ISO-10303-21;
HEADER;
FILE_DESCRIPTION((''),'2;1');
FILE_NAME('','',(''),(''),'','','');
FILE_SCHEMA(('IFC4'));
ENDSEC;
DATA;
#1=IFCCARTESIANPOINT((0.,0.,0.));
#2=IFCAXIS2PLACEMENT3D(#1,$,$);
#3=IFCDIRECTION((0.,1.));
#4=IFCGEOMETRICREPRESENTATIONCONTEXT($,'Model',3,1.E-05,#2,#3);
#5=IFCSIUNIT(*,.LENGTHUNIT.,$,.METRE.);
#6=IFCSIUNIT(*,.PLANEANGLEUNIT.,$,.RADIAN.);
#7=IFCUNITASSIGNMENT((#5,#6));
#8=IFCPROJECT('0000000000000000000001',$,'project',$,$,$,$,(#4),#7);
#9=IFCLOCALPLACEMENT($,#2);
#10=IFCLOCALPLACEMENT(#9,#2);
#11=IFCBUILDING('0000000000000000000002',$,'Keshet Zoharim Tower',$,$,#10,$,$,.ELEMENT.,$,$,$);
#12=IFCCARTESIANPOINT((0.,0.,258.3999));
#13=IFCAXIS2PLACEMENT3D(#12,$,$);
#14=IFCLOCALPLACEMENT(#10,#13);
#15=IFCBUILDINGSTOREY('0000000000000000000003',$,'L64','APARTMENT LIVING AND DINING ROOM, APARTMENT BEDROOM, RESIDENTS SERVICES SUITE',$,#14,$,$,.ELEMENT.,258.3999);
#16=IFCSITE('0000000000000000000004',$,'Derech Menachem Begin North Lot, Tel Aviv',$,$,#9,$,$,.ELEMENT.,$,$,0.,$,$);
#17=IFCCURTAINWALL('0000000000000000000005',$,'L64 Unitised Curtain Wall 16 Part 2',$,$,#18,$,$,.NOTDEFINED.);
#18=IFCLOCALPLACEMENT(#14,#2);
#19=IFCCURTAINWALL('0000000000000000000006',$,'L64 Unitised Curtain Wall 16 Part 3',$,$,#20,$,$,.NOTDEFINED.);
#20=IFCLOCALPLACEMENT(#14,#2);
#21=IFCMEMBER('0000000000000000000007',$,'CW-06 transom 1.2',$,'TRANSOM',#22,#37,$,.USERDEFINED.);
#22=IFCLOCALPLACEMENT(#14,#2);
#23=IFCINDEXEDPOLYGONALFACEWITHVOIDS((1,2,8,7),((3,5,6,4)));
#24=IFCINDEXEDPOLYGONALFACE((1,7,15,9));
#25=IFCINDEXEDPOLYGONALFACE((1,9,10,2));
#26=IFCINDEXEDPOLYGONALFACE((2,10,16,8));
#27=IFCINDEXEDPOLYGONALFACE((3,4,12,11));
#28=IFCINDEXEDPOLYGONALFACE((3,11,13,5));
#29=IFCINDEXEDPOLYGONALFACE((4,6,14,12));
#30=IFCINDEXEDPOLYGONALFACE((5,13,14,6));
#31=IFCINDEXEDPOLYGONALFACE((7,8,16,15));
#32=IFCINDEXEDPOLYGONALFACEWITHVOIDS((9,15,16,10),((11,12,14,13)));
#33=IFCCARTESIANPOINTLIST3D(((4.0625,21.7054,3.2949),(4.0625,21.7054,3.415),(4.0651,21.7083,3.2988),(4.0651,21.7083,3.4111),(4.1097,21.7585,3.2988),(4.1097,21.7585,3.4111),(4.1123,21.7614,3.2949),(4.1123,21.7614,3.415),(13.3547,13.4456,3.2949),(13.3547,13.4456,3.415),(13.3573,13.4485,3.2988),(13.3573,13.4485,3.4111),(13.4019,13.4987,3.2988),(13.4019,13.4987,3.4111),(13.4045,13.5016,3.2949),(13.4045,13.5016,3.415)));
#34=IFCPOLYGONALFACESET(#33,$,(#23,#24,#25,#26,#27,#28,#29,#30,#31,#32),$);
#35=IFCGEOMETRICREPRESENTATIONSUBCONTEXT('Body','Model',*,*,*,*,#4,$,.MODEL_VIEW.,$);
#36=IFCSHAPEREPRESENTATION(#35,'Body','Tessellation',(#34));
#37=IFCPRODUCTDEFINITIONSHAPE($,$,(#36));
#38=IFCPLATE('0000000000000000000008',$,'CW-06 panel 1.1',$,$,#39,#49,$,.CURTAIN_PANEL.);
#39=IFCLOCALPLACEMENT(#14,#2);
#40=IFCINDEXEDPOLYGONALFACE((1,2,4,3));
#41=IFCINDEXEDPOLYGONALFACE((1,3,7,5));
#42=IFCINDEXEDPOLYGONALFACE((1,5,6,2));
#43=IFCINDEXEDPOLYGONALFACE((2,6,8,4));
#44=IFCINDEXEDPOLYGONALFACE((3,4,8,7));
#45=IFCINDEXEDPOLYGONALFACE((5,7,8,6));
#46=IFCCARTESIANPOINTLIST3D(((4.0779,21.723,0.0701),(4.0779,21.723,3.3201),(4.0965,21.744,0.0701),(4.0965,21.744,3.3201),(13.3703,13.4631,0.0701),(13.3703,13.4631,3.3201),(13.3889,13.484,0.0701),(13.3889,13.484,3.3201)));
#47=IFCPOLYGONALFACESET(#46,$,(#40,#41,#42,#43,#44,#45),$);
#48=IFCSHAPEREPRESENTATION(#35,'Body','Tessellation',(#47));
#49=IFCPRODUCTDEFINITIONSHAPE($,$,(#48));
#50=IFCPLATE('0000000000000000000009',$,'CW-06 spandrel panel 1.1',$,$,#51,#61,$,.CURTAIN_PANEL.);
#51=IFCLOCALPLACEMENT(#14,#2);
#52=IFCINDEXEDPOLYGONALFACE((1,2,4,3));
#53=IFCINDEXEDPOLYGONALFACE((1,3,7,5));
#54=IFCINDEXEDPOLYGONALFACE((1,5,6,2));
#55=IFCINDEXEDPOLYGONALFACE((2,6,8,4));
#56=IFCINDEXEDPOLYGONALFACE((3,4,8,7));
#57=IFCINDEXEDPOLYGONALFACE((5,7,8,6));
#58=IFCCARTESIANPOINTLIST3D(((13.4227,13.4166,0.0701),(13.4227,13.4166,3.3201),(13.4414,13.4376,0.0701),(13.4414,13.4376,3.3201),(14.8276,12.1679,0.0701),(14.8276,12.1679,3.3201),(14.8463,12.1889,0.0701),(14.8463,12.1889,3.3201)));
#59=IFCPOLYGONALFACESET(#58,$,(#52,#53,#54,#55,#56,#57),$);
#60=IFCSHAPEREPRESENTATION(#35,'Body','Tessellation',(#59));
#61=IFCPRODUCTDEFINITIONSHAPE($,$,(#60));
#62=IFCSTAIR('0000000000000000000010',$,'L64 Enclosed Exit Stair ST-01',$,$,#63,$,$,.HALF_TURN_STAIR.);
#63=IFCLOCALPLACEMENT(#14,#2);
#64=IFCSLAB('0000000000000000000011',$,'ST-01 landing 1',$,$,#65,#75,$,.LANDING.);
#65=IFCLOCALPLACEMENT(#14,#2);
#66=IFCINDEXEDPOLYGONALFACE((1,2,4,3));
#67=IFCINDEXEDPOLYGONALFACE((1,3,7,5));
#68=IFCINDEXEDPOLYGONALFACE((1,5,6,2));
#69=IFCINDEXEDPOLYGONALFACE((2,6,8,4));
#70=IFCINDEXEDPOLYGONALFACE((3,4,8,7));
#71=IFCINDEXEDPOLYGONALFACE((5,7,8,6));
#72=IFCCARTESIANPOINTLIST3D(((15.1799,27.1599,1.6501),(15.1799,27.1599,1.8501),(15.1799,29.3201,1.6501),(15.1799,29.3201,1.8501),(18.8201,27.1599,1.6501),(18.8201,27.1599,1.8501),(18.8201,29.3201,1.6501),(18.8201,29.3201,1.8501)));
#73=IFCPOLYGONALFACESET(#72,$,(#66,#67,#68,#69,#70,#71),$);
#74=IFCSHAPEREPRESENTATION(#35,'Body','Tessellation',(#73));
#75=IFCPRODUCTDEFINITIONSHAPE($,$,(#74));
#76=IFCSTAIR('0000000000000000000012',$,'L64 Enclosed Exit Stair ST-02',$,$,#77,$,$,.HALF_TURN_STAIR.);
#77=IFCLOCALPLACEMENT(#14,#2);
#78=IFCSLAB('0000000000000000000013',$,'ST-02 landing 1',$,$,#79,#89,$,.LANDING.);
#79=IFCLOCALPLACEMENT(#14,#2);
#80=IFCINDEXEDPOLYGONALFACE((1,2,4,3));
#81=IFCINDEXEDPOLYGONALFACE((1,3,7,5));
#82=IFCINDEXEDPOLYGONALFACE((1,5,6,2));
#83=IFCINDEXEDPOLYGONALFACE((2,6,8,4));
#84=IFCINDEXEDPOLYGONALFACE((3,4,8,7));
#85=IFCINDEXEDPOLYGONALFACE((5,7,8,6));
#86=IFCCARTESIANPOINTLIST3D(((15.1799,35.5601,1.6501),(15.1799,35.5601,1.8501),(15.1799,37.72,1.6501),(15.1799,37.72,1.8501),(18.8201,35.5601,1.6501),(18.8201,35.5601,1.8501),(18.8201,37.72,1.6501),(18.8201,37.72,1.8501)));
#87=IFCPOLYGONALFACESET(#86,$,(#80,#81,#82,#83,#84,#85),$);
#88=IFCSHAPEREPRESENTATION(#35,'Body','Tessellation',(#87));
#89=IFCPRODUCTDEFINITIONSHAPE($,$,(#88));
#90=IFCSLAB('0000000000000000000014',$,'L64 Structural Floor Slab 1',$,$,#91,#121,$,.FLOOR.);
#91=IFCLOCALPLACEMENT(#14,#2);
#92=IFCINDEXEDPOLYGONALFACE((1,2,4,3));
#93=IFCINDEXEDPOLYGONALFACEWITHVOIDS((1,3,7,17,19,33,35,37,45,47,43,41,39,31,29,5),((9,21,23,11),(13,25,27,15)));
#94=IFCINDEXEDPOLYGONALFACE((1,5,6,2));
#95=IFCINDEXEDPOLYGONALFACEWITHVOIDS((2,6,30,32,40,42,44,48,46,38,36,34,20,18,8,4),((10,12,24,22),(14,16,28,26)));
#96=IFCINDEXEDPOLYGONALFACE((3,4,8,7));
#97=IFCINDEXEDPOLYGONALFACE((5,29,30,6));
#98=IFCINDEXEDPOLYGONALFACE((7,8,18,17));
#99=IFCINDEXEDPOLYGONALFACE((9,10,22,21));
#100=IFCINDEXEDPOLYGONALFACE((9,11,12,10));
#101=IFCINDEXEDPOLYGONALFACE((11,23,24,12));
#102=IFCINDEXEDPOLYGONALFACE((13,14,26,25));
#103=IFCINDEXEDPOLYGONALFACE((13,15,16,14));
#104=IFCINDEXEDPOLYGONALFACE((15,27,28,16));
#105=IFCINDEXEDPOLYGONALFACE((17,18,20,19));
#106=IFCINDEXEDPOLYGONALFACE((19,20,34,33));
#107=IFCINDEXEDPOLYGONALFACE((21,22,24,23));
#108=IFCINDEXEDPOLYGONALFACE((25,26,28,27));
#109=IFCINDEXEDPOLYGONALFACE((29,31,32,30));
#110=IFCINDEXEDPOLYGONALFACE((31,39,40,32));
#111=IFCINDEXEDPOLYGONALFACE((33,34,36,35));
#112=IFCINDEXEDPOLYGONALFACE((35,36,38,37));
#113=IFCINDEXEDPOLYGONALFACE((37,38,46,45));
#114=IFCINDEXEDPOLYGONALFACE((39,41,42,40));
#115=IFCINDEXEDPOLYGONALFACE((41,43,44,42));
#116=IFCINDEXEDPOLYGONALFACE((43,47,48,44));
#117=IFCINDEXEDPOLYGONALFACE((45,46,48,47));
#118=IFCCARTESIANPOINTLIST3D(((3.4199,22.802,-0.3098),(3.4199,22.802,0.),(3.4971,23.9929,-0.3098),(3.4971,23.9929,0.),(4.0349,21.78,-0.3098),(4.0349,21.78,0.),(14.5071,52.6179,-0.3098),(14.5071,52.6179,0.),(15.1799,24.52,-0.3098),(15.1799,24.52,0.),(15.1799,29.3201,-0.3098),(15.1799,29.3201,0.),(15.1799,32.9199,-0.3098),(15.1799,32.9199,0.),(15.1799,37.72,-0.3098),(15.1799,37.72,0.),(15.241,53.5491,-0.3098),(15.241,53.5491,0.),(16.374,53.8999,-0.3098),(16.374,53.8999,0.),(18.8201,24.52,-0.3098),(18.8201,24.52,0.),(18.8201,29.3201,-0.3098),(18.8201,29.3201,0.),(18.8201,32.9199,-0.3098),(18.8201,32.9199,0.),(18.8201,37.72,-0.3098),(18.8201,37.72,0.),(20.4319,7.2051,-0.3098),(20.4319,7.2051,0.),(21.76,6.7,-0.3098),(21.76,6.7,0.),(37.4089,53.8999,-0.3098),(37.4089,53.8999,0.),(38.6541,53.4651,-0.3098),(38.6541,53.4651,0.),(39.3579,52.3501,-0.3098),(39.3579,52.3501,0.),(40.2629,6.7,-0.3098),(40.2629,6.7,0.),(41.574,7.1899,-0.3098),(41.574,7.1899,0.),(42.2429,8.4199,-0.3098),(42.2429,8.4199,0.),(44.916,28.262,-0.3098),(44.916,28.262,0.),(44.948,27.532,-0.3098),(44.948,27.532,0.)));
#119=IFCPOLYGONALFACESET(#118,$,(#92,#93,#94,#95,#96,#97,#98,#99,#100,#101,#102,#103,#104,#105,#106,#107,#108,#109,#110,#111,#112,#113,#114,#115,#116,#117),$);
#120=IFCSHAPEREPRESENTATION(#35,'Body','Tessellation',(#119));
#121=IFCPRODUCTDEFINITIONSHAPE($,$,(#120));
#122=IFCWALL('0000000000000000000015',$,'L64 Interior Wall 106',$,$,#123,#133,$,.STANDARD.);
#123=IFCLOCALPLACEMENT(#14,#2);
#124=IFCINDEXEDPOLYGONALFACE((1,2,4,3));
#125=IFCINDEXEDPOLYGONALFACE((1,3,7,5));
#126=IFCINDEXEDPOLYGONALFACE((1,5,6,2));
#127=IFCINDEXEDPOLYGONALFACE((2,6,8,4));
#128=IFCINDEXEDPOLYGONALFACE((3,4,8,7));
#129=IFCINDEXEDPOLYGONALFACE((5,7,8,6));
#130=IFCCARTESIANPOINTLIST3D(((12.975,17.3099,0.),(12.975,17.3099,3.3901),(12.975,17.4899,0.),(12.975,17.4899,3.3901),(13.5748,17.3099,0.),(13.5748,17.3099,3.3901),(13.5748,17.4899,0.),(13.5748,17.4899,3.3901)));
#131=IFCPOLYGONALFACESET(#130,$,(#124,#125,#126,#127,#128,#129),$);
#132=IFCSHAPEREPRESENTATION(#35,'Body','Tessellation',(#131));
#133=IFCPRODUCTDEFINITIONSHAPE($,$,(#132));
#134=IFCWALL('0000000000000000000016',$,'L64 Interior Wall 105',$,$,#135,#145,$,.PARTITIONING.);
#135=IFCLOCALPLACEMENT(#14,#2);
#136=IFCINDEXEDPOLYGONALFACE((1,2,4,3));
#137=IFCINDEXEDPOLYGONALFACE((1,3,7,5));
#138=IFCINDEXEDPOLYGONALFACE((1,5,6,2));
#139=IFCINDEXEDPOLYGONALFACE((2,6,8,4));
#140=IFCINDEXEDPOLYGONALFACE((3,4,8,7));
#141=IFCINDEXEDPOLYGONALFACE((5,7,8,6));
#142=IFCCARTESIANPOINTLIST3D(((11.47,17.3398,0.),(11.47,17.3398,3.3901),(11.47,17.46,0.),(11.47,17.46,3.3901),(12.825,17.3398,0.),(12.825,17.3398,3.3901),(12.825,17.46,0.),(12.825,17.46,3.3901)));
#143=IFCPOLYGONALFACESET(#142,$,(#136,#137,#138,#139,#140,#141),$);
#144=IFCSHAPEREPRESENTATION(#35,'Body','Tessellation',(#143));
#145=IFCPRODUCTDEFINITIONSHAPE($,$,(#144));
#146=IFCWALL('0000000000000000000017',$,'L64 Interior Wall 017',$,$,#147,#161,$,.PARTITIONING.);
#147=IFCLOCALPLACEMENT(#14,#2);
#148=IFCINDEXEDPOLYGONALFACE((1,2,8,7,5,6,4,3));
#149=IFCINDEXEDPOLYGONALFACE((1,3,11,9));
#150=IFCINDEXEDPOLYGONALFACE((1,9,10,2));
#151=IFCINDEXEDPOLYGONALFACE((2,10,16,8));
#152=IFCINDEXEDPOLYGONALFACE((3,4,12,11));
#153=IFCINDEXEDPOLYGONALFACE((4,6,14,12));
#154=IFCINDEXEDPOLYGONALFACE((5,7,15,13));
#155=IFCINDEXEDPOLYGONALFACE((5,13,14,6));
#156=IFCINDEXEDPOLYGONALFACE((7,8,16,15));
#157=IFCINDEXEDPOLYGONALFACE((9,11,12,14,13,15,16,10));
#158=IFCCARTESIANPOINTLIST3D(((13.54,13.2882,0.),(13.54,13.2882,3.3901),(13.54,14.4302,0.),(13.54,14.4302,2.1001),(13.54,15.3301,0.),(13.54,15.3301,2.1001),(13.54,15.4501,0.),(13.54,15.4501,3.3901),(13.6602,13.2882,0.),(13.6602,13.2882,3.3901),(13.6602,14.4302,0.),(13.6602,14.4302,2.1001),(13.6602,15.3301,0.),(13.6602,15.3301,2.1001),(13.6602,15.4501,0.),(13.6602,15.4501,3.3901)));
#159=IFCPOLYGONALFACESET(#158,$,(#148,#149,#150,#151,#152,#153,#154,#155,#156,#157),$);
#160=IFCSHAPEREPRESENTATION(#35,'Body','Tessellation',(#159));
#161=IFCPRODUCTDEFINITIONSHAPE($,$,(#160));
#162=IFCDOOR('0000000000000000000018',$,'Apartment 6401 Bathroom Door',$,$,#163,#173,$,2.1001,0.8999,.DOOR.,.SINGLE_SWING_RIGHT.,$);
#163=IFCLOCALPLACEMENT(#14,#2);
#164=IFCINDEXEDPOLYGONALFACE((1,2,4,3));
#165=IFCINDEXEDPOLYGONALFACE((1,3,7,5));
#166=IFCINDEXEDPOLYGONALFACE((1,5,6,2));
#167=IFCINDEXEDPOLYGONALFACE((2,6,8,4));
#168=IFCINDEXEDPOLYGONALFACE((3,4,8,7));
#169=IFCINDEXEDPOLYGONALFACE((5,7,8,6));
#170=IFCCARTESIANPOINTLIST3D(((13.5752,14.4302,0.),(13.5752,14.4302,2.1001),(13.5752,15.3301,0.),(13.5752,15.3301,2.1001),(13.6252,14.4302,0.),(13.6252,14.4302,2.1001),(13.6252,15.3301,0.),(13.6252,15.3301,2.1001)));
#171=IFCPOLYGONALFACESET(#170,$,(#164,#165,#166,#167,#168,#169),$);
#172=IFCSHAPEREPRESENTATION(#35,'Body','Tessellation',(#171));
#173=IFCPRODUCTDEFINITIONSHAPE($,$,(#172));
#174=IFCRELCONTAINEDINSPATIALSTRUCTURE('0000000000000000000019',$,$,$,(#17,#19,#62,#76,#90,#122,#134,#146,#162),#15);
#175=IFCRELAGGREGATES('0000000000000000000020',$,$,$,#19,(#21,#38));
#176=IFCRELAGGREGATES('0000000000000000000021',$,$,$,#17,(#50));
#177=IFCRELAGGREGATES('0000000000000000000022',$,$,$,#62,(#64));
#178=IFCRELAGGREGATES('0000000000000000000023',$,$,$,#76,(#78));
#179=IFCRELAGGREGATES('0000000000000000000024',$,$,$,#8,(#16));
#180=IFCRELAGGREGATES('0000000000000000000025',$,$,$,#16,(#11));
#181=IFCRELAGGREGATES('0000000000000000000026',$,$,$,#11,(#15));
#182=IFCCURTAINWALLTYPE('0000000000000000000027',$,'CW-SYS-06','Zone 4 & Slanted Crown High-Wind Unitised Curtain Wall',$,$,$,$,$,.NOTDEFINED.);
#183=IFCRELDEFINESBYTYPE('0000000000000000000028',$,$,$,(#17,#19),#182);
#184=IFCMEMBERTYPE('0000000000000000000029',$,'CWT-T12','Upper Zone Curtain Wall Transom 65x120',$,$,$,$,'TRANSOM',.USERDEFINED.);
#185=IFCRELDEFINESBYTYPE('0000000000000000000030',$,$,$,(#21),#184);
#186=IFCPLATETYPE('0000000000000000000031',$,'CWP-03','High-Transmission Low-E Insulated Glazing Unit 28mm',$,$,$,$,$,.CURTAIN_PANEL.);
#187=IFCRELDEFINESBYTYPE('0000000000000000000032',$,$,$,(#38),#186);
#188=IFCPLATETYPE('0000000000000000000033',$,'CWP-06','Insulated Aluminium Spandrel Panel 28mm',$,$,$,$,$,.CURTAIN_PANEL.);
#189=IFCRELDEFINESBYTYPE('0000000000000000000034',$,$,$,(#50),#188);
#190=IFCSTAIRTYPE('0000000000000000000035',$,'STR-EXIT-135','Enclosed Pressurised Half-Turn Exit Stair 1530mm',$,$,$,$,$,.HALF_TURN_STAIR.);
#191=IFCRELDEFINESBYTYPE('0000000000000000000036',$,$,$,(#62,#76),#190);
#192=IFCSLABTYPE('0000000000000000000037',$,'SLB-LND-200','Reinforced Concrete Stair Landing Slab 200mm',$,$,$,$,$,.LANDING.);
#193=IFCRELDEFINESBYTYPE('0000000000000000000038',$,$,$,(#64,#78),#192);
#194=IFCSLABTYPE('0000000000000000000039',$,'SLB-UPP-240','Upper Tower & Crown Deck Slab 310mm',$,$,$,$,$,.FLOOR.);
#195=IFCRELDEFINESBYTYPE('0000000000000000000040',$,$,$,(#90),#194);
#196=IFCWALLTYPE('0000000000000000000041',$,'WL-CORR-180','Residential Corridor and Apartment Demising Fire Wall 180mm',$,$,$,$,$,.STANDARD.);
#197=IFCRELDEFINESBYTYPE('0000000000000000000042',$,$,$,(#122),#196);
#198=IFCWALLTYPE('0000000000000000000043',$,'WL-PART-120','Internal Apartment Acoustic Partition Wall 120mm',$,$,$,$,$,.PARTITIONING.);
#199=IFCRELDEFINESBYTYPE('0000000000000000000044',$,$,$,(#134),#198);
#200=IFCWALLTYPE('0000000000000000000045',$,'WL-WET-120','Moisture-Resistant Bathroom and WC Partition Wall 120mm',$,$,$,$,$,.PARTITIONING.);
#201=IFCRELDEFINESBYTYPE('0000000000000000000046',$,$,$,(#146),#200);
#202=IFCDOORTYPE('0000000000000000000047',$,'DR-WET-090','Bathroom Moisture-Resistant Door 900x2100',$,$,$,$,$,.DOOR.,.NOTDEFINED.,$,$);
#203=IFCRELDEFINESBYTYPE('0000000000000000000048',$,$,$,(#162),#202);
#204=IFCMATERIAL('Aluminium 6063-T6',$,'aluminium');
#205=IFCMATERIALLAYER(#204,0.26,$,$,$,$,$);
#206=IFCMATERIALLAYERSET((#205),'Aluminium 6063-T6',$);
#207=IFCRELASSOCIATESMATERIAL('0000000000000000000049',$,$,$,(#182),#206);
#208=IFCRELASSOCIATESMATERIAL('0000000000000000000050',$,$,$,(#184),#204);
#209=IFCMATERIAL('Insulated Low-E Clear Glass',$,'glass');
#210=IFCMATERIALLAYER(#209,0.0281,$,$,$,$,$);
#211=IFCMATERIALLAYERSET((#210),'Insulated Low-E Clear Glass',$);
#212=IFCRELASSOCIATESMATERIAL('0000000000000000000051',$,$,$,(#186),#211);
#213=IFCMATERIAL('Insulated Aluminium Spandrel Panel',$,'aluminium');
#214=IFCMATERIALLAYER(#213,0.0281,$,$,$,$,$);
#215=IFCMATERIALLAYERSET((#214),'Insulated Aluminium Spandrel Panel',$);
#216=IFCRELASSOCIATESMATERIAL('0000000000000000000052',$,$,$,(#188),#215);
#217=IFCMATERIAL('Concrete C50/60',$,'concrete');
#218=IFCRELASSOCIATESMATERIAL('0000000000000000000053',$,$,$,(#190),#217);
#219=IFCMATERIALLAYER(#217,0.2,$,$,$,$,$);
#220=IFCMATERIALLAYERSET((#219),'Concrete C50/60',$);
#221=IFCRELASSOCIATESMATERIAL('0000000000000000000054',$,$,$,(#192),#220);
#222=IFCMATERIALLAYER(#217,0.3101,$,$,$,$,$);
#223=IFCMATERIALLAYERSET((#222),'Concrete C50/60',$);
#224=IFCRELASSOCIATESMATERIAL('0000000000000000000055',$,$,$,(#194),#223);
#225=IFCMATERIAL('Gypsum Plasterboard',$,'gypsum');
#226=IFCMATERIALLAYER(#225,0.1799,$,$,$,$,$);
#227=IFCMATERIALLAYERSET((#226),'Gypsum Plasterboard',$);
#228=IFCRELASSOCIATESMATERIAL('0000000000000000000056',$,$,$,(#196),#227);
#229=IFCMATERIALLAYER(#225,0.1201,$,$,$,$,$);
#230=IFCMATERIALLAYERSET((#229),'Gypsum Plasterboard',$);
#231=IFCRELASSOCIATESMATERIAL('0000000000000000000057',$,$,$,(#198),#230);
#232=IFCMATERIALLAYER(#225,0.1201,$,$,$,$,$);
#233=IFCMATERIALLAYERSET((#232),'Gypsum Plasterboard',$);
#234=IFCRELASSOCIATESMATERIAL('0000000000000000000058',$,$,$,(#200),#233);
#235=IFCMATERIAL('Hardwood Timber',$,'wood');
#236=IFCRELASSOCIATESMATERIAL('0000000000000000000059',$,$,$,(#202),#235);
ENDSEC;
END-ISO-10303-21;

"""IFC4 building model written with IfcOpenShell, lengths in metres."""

from ifc_helpers import new_model, si_unit, direction, frame, frame_2d, origin, origin_2d, place, context, subcontext, project, spatial, polyline, rectangle, hollow_rectangle, outline, extrude, material, layer, layer_set, material_profile, profile_set, type_object, element, fill, aggregate, save


model = new_model("IFC4")

# Units and contexts
model_context = context("Model", 3, precision=1e-05, world=origin(), true_north=direction((0.0, 1.0)))
body_context = subcontext(model_context, "Body", "Model", "MODEL_VIEW")
ifc_project = project(units=[si_unit("LENGTHUNIT", "METRE"), si_unit("PLANEANGLEUNIT", "RADIAN")], contexts=[model_context])

# Site, building, storey
site_placement = place(None, origin())
site = spatial("IfcSite", under=ifc_project, at=site_placement, Name="Derech Menachem Begin North Lot, Tel Aviv", CompositionType="ELEMENT", RefElevation=0.0)
building_placement = place(site_placement, origin())
building = spatial("IfcBuilding", under=site, at=building_placement, Name="Keshet Zoharim Tower", CompositionType="ELEMENT")
storey_placement = place(building_placement, frame((0.0, 0.0, 258.3999)))
storey = spatial("IfcBuildingStorey", under=building, at=storey_placement, Name="L64", Description="APARTMENT LIVING AND DINING ROOM, APARTMENT BEDROOM, RESIDENTS SERVICES SUITE", CompositionType="ELEMENT", Elevation=258.3999)

# Shared definitions
ifc_material_1 = material(Name="Aluminium 6063-T6", Category="aluminium")
ifc_layer_1 = layer(ifc_material_1, 0.26)
ifc_layer_set_1 = layer_set([ifc_layer_1], Name="Aluminium 6063-T6")
curtain_wall_type = type_object("IfcCurtainWallType", Name="CW-SYS-06", Description="Zone 4 & Slanted Crown High-Wind Unitised Curtain Wall", PredefinedType="NOTDEFINED", material=ifc_layer_set_1)

# Curtain wall
curtain_wall_1_placement = place(storey_placement, origin())
curtain_wall_1 = element("IfcCurtainWall", 1, at=curtain_wall_1_placement, inside=storey, type_object=curtain_wall_type, Name="L64 Unitised Curtain Wall 16 Part 2", PredefinedType="NOTDEFINED")
ifc_material_profile_1 = material_profile(ifc_material_1, hollow_rectangle(XDim=0.075, YDim=0.1201, WallThickness=0.0039, at=origin_2d()), Name="TRN-75x120")
ifc_profile_set_1 = profile_set([ifc_material_profile_1], Name="Aluminium 6063-T6")
member_type_1 = type_object("IfcMemberType", Name="CWT-T12", Description="Upper Zone Curtain Wall Transom 65x120", ElementType="TRANSOM", PredefinedType="USERDEFINED", material=ifc_profile_set_1)

# Curtain wall, member, plate
curtain_wall_2_placement = place(storey_placement, origin())
curtain_wall_2 = element("IfcCurtainWall", 2, at=curtain_wall_2_placement, inside=storey, type_object=curtain_wall_type, Name="L64 Unitised Curtain Wall 16 Part 3", PredefinedType="NOTDEFINED")
member_1_placement = place(storey_placement, frame((13.3796, 13.4736, 3.355), z_axis=(-0.747409, 0.664364, 0.0), x_axis=(-0.664364, -0.747409, 0.0)))
member_1 = element("IfcMember", 3, at=member_1_placement, type_object=member_type_1, Name="CW-06 transom 1.2", ObjectType="TRANSOM", PredefinedType="USERDEFINED", context=body_context, shape_type="SweptSolid", body=[
    extrude(hollow_rectangle(XDim=0.075, YDim=0.1201, WallThickness=0.0039, at=origin_2d()), origin(), (0.0, 0.0, 1.0), 12.4326),
])
ifc_material_2 = material(Name="Insulated Low-E Clear Glass", Category="glass")
ifc_layer_2 = layer(ifc_material_2, 0.0281)
ifc_layer_set_2 = layer_set([ifc_layer_2], Name="Insulated Low-E Clear Glass")
plate_type_1 = type_object("IfcPlateType", Name="CWP-03", Description="High-Transmission Low-E Insulated Glazing Unit 28mm", PredefinedType="CURTAIN_PANEL", material=ifc_layer_set_2)
plate_1_placement = place(storey_placement, frame((8.7334, 17.6035, 0.0701), z_axis=(0.0, 0.0, 1.0), x_axis=(-0.747409, 0.664364, 0.0)))
plate_1 = element("IfcPlate", 4, at=plate_1_placement, type_object=plate_type_1, Name="CW-06 panel 1.1", PredefinedType="CURTAIN_PANEL", context=body_context, shape_type="SweptSolid", body=[
    extrude(rectangle(XDim=12.4329, YDim=0.0281, at=origin_2d()), origin(), (0.0, 0.0, 1.0), 3.25),
])
aggregate(curtain_wall_2, [member_1, plate_1])

# Plate
ifc_material_3 = material(Name="Insulated Aluminium Spandrel Panel", Category="aluminium")
ifc_layer_3 = layer(ifc_material_3, 0.0281)
ifc_layer_set_3 = layer_set([ifc_layer_3], Name="Insulated Aluminium Spandrel Panel")
plate_type_2 = type_object("IfcPlateType", Name="CWP-06", Description="Insulated Aluminium Spandrel Panel 28mm", PredefinedType="CURTAIN_PANEL", material=ifc_layer_set_3)
plate_2_placement = place(storey_placement, frame((14.1345, 12.8027, 0.0701), z_axis=(0.0, 0.0, 1.0), x_axis=(-0.747432, 0.664338, 0.0)))
plate_2 = element("IfcPlate", 5, at=plate_2_placement, type_object=plate_type_2, Name="CW-06 spandrel panel 1.1", PredefinedType="CURTAIN_PANEL", context=body_context, shape_type="SweptSolid", body=[
    extrude(rectangle(XDim=1.8796, YDim=0.0281, at=origin_2d()), origin(), (0.0, 0.0, 1.0), 3.25),
])
aggregate(curtain_wall_1, [plate_2])

# Stairs, slabs
ifc_material_4 = material(Name="Concrete C50/60", Category="concrete")
stair_type = type_object("IfcStairType", Name="STR-EXIT-135", Description="Enclosed Pressurised Half-Turn Exit Stair 1530mm", PredefinedType="HALF_TURN_STAIR", material=ifc_material_4)
stair_1_placement = place(storey_placement, origin())
stair_1 = element("IfcStair", 6, at=stair_1_placement, inside=storey, type_object=stair_type, Name="L64 Enclosed Exit Stair ST-01", PredefinedType="HALF_TURN_STAIR")
ifc_layer_4 = layer(ifc_material_4, 0.2)
ifc_layer_set_4 = layer_set([ifc_layer_4], Name="Concrete C50/60")
slab_type_1 = type_object("IfcSlabType", Name="SLB-LND-200", Description="Reinforced Concrete Stair Landing Slab 200mm", PredefinedType="LANDING", material=ifc_layer_set_4)
slab_1_placement = place(storey_placement, frame((0.0, 0.0, 1.6501)))
slab_1 = element("IfcSlab", 7, at=slab_1_placement, type_object=slab_type_1, Name="ST-01 landing 1", PredefinedType="LANDING", context=body_context, shape_type="SweptSolid", body=[
    extrude(outline(polyline([(15.1799, 27.1599), (18.8201, 27.1599), (18.8201, 29.3201), (15.1799, 29.3201), (15.1799, 27.1599)])), origin(), (0.0, 0.0, 1.0), 0.2),
])
aggregate(stair_1, [slab_1])
stair_2_placement = place(storey_placement, origin())
stair_2 = element("IfcStair", 8, at=stair_2_placement, inside=storey, type_object=stair_type, Name="L64 Enclosed Exit Stair ST-02", PredefinedType="HALF_TURN_STAIR")
slab_2_placement = place(storey_placement, frame((0.0, 0.0, 1.6501)))
slab_2 = element("IfcSlab", 9, at=slab_2_placement, type_object=slab_type_1, Name="ST-02 landing 1", PredefinedType="LANDING", context=body_context, shape_type="SweptSolid", body=[
    extrude(outline(polyline([(15.1799, 35.5601), (18.8201, 35.5601), (18.8201, 37.72), (15.1799, 37.72), (15.1799, 35.5601)])), origin(), (0.0, 0.0, 1.0), 0.2),
])
aggregate(stair_2, [slab_2])

# Slab
ifc_layer_5 = layer(ifc_material_4, 0.3101)
ifc_layer_set_5 = layer_set([ifc_layer_5], Name="Concrete C50/60")
slab_type_2 = type_object("IfcSlabType", Name="SLB-UPP-240", Description="Upper Tower & Crown Deck Slab 310mm", PredefinedType="FLOOR", material=ifc_layer_set_5)
slab_3_placement = place(storey_placement, frame((0.0, 0.0, -0.3098)))
element("IfcSlab", 10, at=slab_3_placement, inside=storey, type_object=slab_type_2, Name="L64 Structural Floor Slab 1", PredefinedType="FLOOR", context=body_context, shape_type="SweptSolid", body=[
    extrude(outline(polyline([(4.0349, 21.78), (3.4199, 22.802), (3.4971, 23.9929), (14.5071, 52.6179), (15.241, 53.5491), (16.374, 53.8999), (37.4089, 53.8999), (38.6541, 53.4651), (39.3579, 52.3501), (44.916, 28.262), (44.948, 27.532), (42.2429, 8.4199), (41.574, 7.1899), (40.2629, 6.7), (21.76, 6.7), (20.4319, 7.2051), (4.0349, 21.78)]), holes=[polyline([(15.1799, 24.52), (18.8201, 24.52), (18.8201, 29.3201), (15.1799, 29.3201), (15.1799, 24.52)]), polyline([(15.1799, 32.9199), (18.8201, 32.9199), (18.8201, 37.72), (15.1799, 37.72), (15.1799, 32.9199)])]), origin(), (0.0, 0.0, 1.0), 0.3098),
])

# Shared definitions
ifc_material_5 = material(Name="Gypsum Plasterboard", Category="gypsum")
ifc_layer_6 = layer(ifc_material_5, 0.1799)
ifc_layer_set_6 = layer_set([ifc_layer_6], Name="Gypsum Plasterboard")
wall_type_1 = type_object("IfcWallType", Name="WL-CORR-180", Description="Residential Corridor and Apartment Demising Fire Wall 180mm", PredefinedType="STANDARD", material=ifc_layer_set_6)
ifc_material_6 = material(Name="Hardwood Timber", Category="wood")

# Wall
wall_1_placement = place(storey_placement, frame((12.9751, 17.3999, 0.0), z_axis=(0.0, 0.0, 1.0), x_axis=(1.0, 0.0, 0.0)))
element("IfcWall", 11, at=wall_1_placement, inside=storey, type_object=wall_type_1, Name="L64 Interior Wall 106", PredefinedType="STANDARD", context=body_context, shape_type="SweptSolid", body=[
    extrude(rectangle(XDim=0.5999, YDim=0.1799, at=frame_2d((0.2998, 0.0))), origin(), (0.0, 0.0, 1.0), 3.3901),
])

# Shared definitions
ifc_layer_7 = layer(ifc_material_5, 0.1201)
ifc_layer_set_7 = layer_set([ifc_layer_7], Name="Gypsum Plasterboard")
wall_type_2 = type_object("IfcWallType", Name="WL-PART-120", Description="Internal Apartment Acoustic Partition Wall 120mm", PredefinedType="PARTITIONING", material=ifc_layer_set_7)

# Wall
wall_2_placement = place(storey_placement, frame((11.47, 17.3999, 0.0), z_axis=(0.0, 0.0, 1.0), x_axis=(1.0, 0.0, 0.0)))
element("IfcWall", 12, at=wall_2_placement, inside=storey, type_object=wall_type_2, Name="L64 Interior Wall 105", PredefinedType="PARTITIONING", context=body_context, shape_type="SweptSolid", body=[
    extrude(rectangle(XDim=1.355, YDim=0.1201, at=frame_2d((0.6775, 0.0))), origin(), (0.0, 0.0, 1.0), 3.3901),
])

# Wall, opening, door
ifc_layer_8 = layer(ifc_material_5, 0.1201)
ifc_layer_set_8 = layer_set([ifc_layer_8], Name="Gypsum Plasterboard")
wall_type_3 = type_object("IfcWallType", Name="WL-WET-120", Description="Moisture-Resistant Bathroom and WC Partition Wall 120mm", PredefinedType="PARTITIONING", material=ifc_layer_set_8)
wall_3_placement = place(storey_placement, frame((13.6001, 13.2881, 0.0), z_axis=(0.0, 0.0, 1.0), x_axis=(0.0, 1.0, 0.0)))
wall_3 = element("IfcWall", 13, at=wall_3_placement, inside=storey, type_object=wall_type_3, Name="L64 Interior Wall 017", PredefinedType="PARTITIONING", context=body_context, shape_type="SweptSolid", body=[
    extrude(rectangle(XDim=2.1619, YDim=0.1201, at=frame_2d((1.0811, 0.0))), origin(), (0.0, 0.0, 1.0), 3.3901),
])
opening_1_placement = place(wall_3_placement, frame((1.1421, 0.0, 0.0)))
opening_1 = element("IfcOpeningElement", 14, at=opening_1_placement, cuts=wall_3, PredefinedType="OPENING", context=body_context, shape_type="SweptSolid", body=[
    extrude(rectangle(XDim=0.8999, YDim=2.1001, at=frame_2d((0.45, 1.05))), frame((0.0, 0.0701, 0.0), z_axis=(0.0, -1.0, 0.0), x_axis=(1.0, 0.0, 0.0)), (0.0, 0.0, 1.0), 0.1401),
])
door_type_1 = type_object("IfcDoorType", Name="DR-WET-090", Description="Bathroom Moisture-Resistant Door 900x2100", OperationType="NOTDEFINED", PredefinedType="DOOR", material=ifc_material_6)
door_1_placement = place(opening_1_placement, origin())
door_1 = element("IfcDoor", 15, at=door_1_placement, inside=storey, type_object=door_type_1, Name="Apartment 6401 Bathroom Door", OperationType="SINGLE_SWING_RIGHT", OverallHeight=2.1001, OverallWidth=0.8999, PredefinedType="DOOR", context=body_context, shape_type="SweptSolid", body=[
    extrude(rectangle(XDim=0.8999, YDim=2.1001, at=frame_2d((0.45, 1.05))), frame((0.0, 0.0249, 0.0), z_axis=(0.0, -1.0, 0.0), x_axis=(1.0, 0.0, 0.0)), (0.0, 0.0, 1.0), 0.05),
])
fill(opening_1, door_1)

save(model, "model.ifc")
